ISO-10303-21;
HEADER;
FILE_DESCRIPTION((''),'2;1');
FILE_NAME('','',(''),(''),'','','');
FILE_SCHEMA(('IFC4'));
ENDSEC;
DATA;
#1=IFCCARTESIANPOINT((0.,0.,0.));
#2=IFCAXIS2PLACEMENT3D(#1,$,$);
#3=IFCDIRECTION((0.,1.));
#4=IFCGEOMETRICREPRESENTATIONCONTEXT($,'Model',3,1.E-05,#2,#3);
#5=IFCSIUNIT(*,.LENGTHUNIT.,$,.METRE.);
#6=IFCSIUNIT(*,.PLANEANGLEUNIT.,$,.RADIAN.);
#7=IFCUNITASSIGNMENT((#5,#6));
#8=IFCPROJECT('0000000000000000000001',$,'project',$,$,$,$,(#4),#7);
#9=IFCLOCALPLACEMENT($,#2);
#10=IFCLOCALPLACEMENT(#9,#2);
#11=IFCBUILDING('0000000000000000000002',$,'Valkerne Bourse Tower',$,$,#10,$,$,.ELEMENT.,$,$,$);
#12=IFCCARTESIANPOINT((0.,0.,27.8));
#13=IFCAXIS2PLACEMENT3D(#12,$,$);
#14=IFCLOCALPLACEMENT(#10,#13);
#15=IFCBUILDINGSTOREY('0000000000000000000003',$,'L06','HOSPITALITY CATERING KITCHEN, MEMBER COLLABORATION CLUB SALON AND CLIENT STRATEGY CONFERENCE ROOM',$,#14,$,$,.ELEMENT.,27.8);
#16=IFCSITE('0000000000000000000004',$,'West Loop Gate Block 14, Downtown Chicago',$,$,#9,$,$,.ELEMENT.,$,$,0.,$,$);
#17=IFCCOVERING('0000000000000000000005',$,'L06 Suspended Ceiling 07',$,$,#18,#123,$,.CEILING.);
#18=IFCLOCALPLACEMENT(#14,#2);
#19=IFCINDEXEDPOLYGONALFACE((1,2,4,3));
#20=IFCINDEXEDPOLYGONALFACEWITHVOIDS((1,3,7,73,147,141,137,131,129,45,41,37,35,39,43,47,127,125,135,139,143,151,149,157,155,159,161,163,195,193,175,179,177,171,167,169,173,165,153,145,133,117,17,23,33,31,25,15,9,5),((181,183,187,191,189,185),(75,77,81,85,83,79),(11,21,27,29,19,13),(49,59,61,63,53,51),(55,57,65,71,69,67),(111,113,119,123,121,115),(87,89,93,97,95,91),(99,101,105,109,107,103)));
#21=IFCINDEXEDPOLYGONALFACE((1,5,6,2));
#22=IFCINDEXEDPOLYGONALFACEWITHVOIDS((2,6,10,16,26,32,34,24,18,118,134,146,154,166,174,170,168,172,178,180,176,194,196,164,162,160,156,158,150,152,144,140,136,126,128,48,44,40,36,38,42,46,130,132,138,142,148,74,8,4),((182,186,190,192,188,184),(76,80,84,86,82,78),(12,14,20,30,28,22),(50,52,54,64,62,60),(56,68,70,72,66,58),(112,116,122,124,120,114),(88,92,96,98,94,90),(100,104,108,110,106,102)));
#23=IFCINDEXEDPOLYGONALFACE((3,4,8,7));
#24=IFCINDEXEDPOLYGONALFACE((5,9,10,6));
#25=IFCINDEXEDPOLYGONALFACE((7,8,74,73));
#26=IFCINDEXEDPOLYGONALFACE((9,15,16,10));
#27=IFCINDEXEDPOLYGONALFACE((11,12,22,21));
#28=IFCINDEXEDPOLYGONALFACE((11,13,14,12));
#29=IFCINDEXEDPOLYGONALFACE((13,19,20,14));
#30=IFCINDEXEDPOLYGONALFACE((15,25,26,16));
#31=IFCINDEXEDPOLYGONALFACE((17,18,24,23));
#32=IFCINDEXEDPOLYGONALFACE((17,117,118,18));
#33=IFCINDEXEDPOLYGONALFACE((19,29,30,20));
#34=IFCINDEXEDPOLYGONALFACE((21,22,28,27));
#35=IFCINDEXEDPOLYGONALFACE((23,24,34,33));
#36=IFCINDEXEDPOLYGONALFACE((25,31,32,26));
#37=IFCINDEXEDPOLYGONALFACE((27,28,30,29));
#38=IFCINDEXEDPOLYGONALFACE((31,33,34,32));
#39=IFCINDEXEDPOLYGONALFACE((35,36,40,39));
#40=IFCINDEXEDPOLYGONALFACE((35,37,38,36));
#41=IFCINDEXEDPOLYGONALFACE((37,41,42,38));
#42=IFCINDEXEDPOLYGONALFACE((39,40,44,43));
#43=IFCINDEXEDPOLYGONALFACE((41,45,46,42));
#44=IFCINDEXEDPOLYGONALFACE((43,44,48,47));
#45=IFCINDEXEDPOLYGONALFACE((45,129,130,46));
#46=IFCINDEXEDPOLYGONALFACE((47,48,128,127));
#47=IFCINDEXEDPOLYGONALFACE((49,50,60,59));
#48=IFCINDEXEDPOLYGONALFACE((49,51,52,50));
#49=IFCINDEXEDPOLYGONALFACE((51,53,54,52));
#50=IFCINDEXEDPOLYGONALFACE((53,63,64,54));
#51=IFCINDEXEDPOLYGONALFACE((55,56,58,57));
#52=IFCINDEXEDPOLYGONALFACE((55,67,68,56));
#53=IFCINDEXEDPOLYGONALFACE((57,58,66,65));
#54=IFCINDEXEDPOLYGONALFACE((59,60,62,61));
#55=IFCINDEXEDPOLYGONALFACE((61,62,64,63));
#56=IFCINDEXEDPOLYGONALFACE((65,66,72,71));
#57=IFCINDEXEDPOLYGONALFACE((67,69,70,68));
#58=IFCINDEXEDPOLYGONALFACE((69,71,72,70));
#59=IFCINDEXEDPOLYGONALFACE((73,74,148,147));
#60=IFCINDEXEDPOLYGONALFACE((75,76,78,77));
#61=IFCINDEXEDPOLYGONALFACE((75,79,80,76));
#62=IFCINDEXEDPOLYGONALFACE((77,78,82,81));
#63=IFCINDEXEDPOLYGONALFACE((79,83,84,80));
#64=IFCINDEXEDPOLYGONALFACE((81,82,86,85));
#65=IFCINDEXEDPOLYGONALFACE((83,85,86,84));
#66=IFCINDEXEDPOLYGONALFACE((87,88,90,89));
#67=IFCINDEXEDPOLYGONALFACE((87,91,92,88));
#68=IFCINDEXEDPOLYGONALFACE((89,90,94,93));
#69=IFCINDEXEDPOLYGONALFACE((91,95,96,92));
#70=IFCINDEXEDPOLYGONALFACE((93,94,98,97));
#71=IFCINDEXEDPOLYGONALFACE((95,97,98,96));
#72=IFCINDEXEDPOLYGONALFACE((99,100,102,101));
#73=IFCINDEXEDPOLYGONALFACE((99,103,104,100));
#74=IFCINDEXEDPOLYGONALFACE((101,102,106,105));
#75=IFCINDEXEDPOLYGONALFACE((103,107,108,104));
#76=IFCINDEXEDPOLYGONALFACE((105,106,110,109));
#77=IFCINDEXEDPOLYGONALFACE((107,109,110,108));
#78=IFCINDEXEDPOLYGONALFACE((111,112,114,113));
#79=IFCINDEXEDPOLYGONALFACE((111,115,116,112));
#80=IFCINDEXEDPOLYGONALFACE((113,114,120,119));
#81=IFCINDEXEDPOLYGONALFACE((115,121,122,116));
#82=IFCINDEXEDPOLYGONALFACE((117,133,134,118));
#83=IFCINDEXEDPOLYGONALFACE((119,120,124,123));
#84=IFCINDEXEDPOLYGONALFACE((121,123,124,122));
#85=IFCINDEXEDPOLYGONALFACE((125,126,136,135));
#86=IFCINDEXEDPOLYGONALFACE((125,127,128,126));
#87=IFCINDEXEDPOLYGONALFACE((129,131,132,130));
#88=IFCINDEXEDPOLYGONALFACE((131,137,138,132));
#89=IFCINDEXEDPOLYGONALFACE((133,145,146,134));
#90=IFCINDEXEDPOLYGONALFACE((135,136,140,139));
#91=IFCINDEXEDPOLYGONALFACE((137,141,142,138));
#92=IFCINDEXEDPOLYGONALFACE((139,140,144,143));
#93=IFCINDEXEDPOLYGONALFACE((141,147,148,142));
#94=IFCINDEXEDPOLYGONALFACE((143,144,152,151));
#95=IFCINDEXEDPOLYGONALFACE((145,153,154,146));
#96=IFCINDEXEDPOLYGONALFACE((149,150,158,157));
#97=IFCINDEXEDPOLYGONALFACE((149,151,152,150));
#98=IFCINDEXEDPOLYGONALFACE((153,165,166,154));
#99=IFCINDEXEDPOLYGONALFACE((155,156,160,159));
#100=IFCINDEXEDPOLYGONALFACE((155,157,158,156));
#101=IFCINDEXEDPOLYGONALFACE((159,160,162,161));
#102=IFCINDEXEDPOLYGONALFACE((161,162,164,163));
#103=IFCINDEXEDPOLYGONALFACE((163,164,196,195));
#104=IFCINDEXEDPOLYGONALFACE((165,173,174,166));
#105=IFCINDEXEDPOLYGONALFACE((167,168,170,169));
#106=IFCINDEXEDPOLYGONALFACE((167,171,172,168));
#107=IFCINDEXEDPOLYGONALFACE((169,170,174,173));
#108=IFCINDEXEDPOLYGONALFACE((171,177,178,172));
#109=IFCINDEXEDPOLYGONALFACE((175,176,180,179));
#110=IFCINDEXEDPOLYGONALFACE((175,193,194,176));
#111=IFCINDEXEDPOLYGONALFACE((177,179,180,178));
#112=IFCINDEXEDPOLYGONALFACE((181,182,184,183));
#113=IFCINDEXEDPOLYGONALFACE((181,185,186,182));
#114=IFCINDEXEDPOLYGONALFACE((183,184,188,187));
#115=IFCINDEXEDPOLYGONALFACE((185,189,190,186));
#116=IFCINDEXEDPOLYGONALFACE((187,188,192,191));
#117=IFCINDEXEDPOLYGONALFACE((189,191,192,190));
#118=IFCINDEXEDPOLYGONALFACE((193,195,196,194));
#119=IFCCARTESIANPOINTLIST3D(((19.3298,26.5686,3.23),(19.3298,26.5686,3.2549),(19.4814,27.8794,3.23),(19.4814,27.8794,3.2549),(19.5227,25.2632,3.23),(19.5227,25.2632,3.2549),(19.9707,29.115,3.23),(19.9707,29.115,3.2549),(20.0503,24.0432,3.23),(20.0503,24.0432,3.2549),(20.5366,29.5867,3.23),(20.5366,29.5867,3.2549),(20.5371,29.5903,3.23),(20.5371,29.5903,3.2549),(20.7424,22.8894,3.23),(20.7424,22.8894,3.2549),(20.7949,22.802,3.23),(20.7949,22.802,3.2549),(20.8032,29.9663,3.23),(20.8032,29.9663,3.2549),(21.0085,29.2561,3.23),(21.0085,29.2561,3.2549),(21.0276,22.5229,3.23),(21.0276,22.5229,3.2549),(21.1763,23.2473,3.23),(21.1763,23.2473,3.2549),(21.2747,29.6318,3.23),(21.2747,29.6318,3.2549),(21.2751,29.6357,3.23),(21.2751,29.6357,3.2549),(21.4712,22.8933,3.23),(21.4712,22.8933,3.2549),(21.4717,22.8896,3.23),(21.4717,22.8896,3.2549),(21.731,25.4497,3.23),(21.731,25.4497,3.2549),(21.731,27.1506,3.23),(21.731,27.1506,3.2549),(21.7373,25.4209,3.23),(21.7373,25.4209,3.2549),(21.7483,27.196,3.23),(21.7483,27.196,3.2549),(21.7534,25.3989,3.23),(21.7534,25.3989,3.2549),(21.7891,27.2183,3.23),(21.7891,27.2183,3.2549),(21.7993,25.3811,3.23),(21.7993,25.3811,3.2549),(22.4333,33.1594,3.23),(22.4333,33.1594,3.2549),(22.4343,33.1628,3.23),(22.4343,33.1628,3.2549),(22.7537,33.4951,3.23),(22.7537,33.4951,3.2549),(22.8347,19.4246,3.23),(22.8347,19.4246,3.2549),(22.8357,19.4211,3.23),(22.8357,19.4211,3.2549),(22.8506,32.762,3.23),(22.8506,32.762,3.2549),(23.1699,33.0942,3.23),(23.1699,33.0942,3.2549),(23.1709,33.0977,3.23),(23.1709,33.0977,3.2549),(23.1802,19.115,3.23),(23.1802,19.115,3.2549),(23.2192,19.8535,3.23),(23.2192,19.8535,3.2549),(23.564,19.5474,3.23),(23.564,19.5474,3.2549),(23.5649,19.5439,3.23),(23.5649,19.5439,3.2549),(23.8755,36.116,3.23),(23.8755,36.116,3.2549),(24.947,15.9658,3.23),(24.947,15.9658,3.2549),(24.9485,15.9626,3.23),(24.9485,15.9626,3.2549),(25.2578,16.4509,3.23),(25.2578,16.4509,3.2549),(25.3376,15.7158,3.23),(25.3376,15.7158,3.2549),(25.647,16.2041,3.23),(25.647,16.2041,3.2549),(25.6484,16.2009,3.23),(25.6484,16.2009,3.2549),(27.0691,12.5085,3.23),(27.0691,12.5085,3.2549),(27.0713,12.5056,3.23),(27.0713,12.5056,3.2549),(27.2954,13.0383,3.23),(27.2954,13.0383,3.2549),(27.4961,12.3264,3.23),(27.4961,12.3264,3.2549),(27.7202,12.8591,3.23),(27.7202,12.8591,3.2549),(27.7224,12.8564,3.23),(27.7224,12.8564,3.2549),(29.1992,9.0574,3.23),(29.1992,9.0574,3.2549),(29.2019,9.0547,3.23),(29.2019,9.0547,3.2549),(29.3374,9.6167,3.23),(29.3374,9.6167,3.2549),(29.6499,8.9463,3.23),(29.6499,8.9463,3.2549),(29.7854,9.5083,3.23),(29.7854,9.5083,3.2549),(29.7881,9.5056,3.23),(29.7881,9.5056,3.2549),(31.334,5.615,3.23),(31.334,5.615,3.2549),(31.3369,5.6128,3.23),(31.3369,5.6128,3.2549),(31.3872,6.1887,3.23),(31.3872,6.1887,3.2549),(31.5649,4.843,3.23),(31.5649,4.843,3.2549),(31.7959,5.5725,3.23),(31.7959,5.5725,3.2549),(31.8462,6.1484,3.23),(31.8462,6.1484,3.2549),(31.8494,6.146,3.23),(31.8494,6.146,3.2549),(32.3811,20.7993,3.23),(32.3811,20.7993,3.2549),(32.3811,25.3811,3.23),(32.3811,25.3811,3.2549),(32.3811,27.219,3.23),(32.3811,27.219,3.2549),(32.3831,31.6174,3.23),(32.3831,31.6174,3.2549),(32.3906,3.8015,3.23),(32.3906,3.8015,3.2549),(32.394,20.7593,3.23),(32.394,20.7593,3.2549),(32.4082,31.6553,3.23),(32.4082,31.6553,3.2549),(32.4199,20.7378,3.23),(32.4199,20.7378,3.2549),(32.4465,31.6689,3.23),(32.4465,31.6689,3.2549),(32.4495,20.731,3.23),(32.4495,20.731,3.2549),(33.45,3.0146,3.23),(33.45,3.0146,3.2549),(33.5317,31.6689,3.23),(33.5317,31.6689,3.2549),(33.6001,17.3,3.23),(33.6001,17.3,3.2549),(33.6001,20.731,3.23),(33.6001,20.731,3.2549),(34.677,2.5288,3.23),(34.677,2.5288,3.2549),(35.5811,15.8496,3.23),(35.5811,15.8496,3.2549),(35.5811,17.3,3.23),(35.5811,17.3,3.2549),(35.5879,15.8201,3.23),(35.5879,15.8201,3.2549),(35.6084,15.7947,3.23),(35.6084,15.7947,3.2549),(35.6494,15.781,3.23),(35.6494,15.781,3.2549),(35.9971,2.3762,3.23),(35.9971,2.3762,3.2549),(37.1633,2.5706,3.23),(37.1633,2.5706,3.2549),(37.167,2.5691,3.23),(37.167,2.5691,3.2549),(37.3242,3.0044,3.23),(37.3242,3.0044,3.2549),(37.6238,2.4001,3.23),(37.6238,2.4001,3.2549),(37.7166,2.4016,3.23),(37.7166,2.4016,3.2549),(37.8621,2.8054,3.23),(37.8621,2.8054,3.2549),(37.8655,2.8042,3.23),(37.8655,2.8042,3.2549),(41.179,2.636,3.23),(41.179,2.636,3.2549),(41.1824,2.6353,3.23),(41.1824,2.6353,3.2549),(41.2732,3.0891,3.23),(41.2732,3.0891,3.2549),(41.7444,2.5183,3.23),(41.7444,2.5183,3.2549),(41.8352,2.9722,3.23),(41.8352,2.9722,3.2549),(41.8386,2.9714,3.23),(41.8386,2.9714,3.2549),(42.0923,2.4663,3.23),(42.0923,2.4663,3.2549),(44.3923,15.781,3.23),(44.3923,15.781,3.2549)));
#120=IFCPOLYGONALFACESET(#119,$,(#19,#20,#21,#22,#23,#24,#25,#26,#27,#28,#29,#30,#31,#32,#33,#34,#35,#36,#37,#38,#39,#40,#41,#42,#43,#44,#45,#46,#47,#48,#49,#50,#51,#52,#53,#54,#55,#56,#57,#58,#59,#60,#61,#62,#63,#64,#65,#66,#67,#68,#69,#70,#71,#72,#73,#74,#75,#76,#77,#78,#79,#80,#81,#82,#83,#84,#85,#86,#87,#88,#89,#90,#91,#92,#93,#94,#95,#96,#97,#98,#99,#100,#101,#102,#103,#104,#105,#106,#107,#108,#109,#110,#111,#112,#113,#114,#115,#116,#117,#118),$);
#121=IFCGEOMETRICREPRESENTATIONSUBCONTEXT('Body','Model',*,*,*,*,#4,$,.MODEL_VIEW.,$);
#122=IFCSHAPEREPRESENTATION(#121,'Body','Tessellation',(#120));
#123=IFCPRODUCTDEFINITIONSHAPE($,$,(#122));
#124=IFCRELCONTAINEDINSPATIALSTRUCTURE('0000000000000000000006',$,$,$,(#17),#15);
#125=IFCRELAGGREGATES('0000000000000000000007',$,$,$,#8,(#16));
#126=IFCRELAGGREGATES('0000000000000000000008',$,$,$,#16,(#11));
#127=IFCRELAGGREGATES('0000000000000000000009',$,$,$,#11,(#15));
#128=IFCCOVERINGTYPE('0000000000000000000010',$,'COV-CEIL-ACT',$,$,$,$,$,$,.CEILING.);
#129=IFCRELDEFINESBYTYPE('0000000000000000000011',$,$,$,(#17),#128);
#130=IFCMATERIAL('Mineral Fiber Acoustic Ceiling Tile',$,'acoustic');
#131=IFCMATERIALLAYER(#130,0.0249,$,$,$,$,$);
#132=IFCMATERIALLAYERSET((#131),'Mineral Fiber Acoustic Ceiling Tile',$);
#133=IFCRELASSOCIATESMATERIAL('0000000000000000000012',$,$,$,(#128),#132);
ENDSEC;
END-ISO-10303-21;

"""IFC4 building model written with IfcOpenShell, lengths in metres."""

from ifc_helpers import new_model, si_unit, direction, frame, origin, place, context, subcontext, project, spatial, polyline, outline, extrude, material, layer, layer_set, type_object, element, save


model = new_model("IFC4")

# Units and contexts
model_context = context("Model", 3, precision=1e-05, world=origin(), true_north=direction((0.0, 1.0)))
body_context = subcontext(model_context, "Body", "Model", "MODEL_VIEW")
ifc_project = project(units=[si_unit("LENGTHUNIT", "METRE"), si_unit("PLANEANGLEUNIT", "RADIAN")], contexts=[model_context])

# Site, building, storey
site_placement = place(None, origin())
site = spatial("IfcSite", under=ifc_project, at=site_placement, Name="West Loop Gate Block 14, Downtown Chicago", CompositionType="ELEMENT", RefElevation=0.0)
building_placement = place(site_placement, origin())
building = spatial("IfcBuilding", under=site, at=building_placement, Name="Valkerne Bourse Tower", CompositionType="ELEMENT")
storey_placement = place(building_placement, frame((0.0, 0.0, 27.8)))
storey = spatial("IfcBuildingStorey", under=building, at=storey_placement, Name="L06", Description="HOSPITALITY CATERING KITCHEN, MEMBER COLLABORATION CLUB SALON AND CLIENT STRATEGY CONFERENCE ROOM", CompositionType="ELEMENT", Elevation=27.8)

# Covering
ifc_material_1 = material(Name="Mineral Fiber Acoustic Ceiling Tile", Category="acoustic")
ifc_layer_1 = layer(ifc_material_1, 0.0249)
ifc_layer_set_1 = layer_set([ifc_layer_1], Name="Mineral Fiber Acoustic Ceiling Tile")
covering_type_1 = type_object("IfcCoveringType", Name="COV-CEIL-ACT", PredefinedType="CEILING", material=ifc_layer_set_1)
covering_1_placement = place(storey_placement, frame((0.0, 0.0, 3.23)))
element("IfcCovering", 1, at=covering_1_placement, inside=storey, type_object=covering_type_1, Name="L06 Suspended Ceiling 07", PredefinedType="CEILING", context=body_context, shape_type="SweptSolid", body=[
    extrude(outline(polyline([(33.45, 3.0146), (32.3906, 3.8015), (31.5649, 4.843), (20.7949, 22.802), (21.0276, 22.5229), (21.4717, 22.8896), (21.4712, 22.8933), (21.1763, 23.2473), (20.7424, 22.8894), (20.0503, 24.0432), (19.5227, 25.2632), (19.3298, 26.5686), (19.4814, 27.8794), (19.9707, 29.115), (23.8755, 36.116), (33.5317, 31.6689), (32.4465, 31.6689), (32.4082, 31.6553), (32.3831, 31.6174), (32.3811, 27.219), (21.7891, 27.2183), (21.7483, 27.196), (21.731, 27.1506), (21.731, 25.4497), (21.7373, 25.4209), (21.7534, 25.3989), (21.7993, 25.3811), (32.3811, 25.3811), (32.3811, 20.7993), (32.394, 20.7593), (32.4199, 20.7378), (32.4495, 20.731), (33.6001, 20.731), (33.6001, 17.3), (35.5811, 17.3), (35.5811, 15.8496), (35.5879, 15.8201), (35.6084, 15.7947), (35.6494, 15.781), (44.3923, 15.781), (42.0923, 2.4663), (37.7166, 2.4016), (37.8655, 2.8042), (37.8621, 2.8054), (37.3242, 3.0044), (37.1633, 2.5706), (37.167, 2.5691), (37.6238, 2.4001), (35.9971, 2.3762), (34.677, 2.5288), (33.45, 3.0146)]), holes=[polyline([(31.8462, 6.1484), (31.3872, 6.1887), (31.334, 5.615), (31.3369, 5.6128), (31.7959, 5.5725), (31.8494, 6.146), (31.8462, 6.1484)]), polyline([(29.7854, 9.5083), (29.3374, 9.6167), (29.1992, 9.0574), (29.2019, 9.0547), (29.6499, 8.9463), (29.7881, 9.5056), (29.7854, 9.5083)]), polyline([(27.7224, 12.8564), (27.7202, 12.8591), (27.2954, 13.0383), (27.0691, 12.5085), (27.0713, 12.5056), (27.4961, 12.3264), (27.7224, 12.8564)]), polyline([(25.6484, 16.2009), (25.647, 16.2041), (25.2578, 16.4509), (24.947, 15.9658), (24.9485, 15.9626), (25.3376, 15.7158), (25.6484, 16.2009)]), polyline([(23.564, 19.5474), (23.2192, 19.8535), (22.8347, 19.4246), (22.8357, 19.4211), (23.1802, 19.115), (23.5649, 19.5439), (23.564, 19.5474)]), polyline([(21.2751, 29.6357), (20.8032, 29.9663), (20.5371, 29.5903), (20.5366, 29.5867), (21.0085, 29.2561), (21.2747, 29.6318), (21.2751, 29.6357)]), polyline([(23.1699, 33.0942), (23.1709, 33.0977), (22.7537, 33.4951), (22.4343, 33.1628), (22.4333, 33.1594), (22.8506, 32.762), (23.1699, 33.0942)]), polyline([(41.8352, 2.9722), (41.2732, 3.0891), (41.179, 2.636), (41.1824, 2.6353), (41.7444, 2.5183), (41.8386, 2.9714), (41.8352, 2.9722)])]), origin(), (0.0, 0.0, 1.0), 0.0249),
])

save(model, "model.ifc")
